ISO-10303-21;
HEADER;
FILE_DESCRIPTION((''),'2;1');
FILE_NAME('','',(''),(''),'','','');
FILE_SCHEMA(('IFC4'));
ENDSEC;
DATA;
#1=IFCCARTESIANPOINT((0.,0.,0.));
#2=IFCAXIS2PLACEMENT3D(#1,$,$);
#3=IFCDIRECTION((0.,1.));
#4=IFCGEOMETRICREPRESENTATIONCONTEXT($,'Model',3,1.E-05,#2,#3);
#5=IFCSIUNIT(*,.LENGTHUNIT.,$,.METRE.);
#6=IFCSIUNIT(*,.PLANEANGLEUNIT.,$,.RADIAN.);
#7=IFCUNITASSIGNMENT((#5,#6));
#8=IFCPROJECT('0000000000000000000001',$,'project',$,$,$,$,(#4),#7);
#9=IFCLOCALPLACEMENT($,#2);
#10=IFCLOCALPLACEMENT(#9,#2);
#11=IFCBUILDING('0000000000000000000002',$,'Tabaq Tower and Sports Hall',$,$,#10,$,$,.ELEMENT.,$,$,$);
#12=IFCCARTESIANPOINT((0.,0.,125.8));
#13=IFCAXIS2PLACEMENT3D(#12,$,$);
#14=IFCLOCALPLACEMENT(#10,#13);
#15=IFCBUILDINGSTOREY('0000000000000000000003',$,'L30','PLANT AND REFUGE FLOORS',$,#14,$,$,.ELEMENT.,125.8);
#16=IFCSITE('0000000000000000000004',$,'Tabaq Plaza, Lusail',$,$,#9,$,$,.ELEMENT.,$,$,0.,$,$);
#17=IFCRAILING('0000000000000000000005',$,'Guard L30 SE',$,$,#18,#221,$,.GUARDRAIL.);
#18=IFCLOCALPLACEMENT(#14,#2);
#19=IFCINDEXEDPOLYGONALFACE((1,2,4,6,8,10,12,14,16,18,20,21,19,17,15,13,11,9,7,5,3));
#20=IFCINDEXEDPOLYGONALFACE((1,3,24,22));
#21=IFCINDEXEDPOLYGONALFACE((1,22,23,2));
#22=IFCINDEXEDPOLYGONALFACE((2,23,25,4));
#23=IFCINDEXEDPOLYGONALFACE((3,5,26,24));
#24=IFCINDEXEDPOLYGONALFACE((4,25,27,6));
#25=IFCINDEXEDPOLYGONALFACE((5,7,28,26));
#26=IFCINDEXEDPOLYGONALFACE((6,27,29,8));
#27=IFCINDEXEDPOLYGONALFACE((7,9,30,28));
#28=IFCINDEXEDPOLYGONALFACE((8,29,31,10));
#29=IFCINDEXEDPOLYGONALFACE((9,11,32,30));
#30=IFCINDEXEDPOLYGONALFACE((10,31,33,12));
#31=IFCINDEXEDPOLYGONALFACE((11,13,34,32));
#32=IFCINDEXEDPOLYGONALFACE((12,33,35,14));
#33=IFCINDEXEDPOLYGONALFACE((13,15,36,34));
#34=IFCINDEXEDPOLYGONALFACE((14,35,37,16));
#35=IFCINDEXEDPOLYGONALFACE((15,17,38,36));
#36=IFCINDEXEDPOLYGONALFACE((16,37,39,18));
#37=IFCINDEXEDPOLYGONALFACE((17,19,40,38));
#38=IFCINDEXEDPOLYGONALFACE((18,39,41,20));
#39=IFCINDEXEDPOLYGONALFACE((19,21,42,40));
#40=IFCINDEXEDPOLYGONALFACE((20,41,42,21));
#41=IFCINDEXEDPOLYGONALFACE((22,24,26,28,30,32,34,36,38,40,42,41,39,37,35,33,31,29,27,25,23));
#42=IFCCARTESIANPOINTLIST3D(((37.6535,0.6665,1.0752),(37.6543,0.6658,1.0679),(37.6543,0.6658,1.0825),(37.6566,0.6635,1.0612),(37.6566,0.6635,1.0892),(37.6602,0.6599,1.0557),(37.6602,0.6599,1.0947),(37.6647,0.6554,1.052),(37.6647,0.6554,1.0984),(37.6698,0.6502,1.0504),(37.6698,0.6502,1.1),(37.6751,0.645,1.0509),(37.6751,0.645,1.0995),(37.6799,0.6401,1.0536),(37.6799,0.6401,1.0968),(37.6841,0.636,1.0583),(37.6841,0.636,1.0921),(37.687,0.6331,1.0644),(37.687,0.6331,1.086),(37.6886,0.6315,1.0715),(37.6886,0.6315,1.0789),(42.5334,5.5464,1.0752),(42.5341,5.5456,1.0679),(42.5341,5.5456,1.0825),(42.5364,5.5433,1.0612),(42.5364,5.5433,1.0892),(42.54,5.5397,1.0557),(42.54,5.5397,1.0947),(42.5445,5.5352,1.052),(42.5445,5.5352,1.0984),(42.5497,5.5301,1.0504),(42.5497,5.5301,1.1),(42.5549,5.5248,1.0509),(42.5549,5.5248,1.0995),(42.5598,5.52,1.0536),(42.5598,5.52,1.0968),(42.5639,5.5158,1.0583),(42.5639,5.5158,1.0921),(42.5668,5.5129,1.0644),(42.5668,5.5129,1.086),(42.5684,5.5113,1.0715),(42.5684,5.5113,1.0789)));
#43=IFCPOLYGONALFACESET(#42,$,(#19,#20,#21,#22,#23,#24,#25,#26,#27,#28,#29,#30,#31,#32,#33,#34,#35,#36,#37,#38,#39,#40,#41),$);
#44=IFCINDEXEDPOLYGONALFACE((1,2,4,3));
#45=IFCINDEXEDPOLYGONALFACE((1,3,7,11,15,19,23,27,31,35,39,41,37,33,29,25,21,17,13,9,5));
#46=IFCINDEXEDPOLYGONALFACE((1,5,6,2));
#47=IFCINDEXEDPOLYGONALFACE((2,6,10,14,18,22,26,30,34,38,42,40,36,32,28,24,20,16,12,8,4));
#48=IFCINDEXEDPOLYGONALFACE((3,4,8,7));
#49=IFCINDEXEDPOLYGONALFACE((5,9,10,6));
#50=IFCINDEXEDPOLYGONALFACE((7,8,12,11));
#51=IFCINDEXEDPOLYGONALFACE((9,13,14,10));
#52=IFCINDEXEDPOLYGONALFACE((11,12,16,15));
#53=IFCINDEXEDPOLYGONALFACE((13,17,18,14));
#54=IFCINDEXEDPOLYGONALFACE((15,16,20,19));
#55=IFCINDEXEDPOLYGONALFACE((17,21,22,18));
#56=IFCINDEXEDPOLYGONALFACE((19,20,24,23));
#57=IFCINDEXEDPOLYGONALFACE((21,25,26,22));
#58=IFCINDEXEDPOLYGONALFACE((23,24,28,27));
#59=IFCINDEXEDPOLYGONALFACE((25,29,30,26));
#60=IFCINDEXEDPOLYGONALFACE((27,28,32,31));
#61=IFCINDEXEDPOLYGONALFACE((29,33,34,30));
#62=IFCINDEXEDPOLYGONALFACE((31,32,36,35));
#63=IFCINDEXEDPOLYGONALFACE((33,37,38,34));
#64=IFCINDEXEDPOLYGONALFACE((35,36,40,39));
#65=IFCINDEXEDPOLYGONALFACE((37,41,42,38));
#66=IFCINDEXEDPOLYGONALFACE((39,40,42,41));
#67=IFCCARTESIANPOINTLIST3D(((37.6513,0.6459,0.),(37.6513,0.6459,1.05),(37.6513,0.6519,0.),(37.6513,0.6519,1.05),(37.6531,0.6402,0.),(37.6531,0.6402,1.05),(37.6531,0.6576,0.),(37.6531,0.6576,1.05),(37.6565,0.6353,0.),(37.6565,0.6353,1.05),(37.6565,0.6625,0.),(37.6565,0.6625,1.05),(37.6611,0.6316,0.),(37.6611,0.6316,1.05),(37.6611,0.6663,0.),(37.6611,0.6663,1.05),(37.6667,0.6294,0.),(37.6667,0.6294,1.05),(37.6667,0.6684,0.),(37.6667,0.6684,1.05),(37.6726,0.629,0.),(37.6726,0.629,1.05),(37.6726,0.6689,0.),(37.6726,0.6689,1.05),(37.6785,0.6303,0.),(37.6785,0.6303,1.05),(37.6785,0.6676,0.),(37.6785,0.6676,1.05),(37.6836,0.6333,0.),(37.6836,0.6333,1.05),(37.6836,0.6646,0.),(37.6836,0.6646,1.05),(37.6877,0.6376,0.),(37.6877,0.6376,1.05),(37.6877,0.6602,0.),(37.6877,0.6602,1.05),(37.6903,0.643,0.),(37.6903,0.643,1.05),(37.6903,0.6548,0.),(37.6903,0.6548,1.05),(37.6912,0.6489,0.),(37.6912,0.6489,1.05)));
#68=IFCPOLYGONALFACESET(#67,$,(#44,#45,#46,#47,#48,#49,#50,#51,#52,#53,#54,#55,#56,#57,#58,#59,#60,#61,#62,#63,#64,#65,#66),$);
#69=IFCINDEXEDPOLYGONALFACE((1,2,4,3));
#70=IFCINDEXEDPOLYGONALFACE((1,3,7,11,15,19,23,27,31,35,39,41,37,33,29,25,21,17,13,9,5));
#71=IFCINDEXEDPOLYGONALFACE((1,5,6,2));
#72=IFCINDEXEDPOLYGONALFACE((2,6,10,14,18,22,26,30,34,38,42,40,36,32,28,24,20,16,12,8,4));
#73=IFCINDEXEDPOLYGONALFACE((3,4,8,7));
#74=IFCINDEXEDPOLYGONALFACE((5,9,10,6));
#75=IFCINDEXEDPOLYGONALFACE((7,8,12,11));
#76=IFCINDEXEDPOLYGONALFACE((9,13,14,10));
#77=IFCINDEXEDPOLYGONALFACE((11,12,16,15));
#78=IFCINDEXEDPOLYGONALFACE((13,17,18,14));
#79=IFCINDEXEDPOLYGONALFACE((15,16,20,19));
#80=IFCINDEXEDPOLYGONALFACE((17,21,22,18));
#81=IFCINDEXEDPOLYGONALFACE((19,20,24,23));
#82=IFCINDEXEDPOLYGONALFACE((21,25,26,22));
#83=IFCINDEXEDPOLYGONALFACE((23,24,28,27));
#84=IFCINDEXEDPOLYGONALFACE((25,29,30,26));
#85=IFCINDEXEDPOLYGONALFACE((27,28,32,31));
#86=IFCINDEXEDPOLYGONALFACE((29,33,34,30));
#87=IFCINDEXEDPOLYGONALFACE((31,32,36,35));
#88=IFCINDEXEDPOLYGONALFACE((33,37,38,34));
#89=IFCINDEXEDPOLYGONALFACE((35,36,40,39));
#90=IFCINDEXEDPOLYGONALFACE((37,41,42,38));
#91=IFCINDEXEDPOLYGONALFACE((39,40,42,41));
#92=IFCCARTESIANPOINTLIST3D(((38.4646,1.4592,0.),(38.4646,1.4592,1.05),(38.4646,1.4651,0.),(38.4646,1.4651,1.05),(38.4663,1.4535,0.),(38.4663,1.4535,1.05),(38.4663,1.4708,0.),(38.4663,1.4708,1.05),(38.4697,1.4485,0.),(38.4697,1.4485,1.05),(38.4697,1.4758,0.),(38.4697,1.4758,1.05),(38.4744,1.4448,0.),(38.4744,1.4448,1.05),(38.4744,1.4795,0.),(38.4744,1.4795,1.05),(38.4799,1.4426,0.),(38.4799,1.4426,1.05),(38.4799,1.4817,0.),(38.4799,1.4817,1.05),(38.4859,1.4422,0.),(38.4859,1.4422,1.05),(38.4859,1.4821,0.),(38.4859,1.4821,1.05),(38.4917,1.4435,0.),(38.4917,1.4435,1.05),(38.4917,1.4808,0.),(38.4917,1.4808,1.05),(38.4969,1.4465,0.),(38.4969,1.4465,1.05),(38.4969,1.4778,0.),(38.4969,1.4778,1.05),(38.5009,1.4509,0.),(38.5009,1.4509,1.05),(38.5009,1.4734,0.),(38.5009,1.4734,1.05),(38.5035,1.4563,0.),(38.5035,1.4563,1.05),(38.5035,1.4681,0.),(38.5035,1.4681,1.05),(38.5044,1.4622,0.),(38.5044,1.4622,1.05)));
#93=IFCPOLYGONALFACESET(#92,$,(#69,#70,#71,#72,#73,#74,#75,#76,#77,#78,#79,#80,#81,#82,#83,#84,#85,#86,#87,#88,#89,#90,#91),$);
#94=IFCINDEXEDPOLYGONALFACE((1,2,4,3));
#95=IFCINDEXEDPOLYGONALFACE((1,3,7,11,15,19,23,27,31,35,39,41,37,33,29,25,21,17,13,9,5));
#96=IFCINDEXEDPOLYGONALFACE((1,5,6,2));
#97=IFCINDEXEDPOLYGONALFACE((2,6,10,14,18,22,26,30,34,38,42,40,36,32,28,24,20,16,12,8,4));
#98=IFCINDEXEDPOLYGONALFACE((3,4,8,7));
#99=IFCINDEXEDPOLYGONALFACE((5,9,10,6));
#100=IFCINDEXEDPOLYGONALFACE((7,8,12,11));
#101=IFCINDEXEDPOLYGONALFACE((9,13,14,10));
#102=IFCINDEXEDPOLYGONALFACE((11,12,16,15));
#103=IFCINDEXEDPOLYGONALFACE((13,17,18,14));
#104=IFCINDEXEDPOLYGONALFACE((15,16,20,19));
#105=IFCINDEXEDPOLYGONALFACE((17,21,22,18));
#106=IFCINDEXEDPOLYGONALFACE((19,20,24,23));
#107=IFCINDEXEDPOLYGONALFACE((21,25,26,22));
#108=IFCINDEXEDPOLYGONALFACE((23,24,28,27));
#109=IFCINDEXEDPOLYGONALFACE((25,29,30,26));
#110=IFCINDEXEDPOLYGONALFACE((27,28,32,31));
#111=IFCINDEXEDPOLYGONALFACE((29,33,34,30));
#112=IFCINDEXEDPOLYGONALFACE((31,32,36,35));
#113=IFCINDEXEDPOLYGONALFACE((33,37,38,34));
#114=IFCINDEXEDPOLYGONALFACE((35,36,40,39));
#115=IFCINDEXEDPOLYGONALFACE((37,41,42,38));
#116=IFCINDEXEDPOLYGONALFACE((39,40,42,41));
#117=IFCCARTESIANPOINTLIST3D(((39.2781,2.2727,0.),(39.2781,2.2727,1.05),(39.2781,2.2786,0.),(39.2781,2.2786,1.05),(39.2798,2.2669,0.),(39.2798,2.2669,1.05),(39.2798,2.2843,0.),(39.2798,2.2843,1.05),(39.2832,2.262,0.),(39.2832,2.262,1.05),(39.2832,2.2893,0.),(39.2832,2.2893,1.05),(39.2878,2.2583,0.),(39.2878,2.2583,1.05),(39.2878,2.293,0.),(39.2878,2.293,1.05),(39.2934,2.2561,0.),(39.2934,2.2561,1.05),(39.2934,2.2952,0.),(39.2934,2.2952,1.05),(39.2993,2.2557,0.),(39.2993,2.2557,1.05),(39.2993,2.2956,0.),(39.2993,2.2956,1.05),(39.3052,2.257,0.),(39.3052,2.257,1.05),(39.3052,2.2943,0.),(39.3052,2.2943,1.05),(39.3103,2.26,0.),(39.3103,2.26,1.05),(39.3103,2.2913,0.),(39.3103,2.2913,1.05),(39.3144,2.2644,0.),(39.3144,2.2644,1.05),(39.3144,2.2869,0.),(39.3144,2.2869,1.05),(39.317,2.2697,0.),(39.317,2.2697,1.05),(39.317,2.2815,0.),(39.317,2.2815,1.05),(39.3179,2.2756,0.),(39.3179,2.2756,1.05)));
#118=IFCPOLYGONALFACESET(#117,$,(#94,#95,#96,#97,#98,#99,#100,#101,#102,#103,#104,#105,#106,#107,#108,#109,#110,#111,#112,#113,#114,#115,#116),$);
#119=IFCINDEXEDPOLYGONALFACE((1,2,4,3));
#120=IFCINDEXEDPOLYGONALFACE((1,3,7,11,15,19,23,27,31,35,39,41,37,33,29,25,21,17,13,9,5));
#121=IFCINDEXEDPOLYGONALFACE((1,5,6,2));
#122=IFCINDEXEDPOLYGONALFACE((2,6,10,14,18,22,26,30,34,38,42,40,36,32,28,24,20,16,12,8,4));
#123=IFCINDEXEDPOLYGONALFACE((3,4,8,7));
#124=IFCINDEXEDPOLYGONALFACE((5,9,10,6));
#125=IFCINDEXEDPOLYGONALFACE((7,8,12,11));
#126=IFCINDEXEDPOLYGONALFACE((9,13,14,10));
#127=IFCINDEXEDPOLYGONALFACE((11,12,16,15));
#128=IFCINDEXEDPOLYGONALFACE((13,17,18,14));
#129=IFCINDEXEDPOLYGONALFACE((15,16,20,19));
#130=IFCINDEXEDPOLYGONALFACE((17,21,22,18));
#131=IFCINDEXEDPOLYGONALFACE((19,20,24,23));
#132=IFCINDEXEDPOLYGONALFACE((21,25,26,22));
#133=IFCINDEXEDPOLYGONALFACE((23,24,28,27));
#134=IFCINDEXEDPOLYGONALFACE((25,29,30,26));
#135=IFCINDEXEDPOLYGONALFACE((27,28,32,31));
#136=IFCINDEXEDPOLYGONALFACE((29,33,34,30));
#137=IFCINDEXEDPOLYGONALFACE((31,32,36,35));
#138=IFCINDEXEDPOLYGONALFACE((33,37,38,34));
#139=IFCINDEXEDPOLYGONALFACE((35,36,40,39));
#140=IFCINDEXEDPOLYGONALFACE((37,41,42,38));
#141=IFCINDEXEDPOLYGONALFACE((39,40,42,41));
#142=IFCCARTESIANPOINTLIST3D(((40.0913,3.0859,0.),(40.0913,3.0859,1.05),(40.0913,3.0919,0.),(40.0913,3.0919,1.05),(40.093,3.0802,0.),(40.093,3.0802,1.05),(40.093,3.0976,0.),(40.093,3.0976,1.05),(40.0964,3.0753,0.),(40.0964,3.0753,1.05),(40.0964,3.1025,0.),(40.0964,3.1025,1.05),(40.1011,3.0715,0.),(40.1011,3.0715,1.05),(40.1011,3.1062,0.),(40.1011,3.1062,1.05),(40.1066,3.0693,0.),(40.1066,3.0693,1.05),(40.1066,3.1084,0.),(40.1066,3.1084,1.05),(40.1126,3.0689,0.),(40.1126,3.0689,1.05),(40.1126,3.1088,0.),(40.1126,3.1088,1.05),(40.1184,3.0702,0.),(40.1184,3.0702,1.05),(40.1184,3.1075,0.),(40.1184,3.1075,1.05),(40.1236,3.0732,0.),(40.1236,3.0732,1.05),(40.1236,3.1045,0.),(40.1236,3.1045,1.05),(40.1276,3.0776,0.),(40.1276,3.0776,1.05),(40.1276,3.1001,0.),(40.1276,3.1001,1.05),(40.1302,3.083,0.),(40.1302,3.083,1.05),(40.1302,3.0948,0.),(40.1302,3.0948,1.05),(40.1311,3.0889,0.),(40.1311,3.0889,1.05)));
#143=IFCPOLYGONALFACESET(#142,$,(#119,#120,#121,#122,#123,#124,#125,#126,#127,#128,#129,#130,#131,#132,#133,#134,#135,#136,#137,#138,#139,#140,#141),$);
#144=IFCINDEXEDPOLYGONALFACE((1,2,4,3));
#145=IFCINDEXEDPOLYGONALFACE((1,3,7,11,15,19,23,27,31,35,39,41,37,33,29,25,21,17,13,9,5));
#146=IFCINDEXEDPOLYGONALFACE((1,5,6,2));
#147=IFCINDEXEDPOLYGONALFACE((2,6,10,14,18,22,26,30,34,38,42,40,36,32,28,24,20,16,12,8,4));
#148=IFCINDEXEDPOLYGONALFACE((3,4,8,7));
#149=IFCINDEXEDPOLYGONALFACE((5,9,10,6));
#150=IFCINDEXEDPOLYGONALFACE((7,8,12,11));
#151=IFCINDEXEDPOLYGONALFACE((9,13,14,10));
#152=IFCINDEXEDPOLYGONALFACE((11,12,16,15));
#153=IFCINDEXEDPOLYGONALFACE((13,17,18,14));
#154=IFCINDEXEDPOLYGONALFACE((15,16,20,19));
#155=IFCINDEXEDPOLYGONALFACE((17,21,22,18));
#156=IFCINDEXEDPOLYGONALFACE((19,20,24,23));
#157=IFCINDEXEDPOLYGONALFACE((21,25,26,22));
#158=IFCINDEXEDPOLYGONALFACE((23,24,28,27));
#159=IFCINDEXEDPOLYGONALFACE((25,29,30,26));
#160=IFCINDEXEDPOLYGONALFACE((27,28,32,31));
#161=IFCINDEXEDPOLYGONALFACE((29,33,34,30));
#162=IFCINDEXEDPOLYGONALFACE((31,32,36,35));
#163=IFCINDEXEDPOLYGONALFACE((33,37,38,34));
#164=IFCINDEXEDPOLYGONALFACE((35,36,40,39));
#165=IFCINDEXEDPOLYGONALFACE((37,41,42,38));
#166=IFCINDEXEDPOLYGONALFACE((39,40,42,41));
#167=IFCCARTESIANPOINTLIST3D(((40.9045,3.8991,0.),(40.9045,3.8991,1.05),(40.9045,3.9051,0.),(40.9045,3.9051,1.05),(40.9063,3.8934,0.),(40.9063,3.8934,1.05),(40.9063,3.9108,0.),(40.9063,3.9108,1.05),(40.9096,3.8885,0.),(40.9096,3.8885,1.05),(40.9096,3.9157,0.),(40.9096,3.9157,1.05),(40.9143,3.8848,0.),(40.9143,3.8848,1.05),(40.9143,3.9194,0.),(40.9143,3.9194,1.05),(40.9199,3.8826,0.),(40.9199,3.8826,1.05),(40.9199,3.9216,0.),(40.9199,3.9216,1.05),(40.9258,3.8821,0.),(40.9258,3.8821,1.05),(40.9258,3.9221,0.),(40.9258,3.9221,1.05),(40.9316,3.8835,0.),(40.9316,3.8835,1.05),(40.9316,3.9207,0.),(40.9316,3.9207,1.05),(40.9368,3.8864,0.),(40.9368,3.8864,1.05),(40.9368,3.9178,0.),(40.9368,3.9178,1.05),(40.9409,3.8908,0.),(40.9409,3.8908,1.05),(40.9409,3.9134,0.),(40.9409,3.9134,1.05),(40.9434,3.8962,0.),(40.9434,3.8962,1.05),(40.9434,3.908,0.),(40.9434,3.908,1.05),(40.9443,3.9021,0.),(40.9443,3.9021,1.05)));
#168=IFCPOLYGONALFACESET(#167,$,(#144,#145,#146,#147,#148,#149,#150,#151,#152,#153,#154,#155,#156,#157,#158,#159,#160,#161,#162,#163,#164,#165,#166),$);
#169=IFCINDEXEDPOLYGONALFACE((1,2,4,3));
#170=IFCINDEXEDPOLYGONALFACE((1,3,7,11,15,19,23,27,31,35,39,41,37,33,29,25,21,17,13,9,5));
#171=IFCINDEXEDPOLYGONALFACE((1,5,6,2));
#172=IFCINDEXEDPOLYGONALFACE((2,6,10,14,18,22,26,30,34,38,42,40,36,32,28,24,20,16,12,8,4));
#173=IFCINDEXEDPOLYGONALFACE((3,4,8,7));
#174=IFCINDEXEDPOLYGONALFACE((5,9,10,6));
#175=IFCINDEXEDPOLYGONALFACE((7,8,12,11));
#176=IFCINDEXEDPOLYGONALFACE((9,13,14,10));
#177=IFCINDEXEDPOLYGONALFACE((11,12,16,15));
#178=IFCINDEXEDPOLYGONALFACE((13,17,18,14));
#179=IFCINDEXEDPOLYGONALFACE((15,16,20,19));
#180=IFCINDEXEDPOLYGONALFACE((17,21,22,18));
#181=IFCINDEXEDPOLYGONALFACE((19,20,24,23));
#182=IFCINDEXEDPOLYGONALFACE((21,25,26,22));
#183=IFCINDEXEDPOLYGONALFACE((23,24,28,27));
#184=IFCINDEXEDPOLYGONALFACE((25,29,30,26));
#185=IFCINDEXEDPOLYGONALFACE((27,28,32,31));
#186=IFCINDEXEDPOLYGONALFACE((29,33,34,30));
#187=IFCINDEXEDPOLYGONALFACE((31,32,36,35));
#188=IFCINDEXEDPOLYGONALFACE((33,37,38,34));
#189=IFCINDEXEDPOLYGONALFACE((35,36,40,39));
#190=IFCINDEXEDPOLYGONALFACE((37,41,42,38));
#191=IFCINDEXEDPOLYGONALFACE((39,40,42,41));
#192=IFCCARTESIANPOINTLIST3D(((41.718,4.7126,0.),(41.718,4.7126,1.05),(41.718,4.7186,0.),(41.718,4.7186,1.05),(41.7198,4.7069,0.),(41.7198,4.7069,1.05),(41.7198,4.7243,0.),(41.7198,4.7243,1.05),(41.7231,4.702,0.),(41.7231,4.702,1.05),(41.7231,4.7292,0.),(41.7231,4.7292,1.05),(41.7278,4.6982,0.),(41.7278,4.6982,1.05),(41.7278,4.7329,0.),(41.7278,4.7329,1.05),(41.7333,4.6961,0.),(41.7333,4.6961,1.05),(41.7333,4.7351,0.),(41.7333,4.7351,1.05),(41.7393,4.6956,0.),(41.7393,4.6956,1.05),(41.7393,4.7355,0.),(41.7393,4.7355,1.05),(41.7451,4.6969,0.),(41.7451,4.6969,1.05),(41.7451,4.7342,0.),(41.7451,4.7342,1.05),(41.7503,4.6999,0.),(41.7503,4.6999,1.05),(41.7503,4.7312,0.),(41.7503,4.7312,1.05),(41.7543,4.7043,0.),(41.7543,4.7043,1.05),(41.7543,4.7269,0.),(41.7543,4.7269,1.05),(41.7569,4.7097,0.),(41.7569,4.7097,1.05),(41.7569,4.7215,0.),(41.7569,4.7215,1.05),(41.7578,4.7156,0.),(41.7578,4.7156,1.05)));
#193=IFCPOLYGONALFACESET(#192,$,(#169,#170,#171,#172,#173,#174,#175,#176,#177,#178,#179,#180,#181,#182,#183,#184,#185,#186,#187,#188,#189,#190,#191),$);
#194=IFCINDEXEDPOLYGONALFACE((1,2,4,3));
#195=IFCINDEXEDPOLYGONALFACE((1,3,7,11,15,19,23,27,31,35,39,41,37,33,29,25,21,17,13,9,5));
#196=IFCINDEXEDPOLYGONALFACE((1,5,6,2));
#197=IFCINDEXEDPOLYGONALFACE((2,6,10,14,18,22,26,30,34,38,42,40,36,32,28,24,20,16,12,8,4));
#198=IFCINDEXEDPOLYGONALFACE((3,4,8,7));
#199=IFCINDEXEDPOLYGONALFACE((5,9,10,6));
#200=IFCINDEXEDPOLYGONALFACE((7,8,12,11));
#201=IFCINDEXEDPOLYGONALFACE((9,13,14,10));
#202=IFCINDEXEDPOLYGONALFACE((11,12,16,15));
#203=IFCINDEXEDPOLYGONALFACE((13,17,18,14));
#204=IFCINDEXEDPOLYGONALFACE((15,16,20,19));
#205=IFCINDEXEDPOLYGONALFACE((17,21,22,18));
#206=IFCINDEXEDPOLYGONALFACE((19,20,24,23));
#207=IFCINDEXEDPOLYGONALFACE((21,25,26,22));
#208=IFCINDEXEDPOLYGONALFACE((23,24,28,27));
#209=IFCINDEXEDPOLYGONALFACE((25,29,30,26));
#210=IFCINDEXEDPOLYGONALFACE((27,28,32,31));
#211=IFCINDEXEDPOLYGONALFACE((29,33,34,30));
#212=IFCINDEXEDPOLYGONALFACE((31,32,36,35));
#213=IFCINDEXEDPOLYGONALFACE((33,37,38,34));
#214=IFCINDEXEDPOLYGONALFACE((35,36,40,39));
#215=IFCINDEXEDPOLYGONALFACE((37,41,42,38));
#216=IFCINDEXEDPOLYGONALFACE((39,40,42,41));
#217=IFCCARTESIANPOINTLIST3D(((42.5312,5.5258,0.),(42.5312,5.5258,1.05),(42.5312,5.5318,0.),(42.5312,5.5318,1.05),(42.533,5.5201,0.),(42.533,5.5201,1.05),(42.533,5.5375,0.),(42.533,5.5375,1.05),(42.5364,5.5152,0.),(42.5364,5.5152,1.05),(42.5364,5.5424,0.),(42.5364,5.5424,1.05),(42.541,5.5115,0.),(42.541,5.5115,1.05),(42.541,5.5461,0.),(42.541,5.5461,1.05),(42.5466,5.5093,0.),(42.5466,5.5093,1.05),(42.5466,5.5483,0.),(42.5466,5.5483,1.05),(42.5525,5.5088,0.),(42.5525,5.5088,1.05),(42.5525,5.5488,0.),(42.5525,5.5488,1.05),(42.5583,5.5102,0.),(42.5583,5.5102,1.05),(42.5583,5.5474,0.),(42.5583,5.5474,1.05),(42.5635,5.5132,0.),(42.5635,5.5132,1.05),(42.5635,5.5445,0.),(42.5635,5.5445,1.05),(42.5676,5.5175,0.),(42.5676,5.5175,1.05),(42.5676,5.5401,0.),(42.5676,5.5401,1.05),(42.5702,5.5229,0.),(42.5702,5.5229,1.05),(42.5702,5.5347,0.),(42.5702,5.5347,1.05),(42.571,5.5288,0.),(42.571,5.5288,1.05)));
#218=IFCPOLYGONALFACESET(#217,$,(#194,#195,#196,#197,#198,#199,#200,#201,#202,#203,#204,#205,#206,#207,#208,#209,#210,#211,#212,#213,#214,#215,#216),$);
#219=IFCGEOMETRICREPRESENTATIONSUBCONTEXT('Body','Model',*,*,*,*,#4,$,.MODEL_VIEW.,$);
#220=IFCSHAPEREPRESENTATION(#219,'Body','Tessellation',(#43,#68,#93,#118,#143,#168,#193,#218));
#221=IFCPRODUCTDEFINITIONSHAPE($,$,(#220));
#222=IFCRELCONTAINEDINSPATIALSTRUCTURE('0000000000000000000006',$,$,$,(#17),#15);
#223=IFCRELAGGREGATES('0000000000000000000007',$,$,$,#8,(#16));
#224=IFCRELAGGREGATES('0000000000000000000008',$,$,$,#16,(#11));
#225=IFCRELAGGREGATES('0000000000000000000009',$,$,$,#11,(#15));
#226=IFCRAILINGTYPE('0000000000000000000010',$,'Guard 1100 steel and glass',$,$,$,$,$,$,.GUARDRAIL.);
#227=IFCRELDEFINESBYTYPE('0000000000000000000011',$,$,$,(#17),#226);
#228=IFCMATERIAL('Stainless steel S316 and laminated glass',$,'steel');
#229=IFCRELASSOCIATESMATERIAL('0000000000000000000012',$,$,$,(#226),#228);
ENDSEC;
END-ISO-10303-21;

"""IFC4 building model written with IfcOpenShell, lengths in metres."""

from ifc_helpers import new_model, si_unit, direction, frame, origin, origin_2d, place, context, subcontext, project, spatial, circle, extrude, material, type_object, element, save


model = new_model("IFC4")

# Units and contexts
model_context = context("Model", 3, precision=1e-05, world=origin(), true_north=direction((0.0, 1.0)))
body_context = subcontext(model_context, "Body", "Model", "MODEL_VIEW")
ifc_project = project(units=[si_unit("LENGTHUNIT", "METRE"), si_unit("PLANEANGLEUNIT", "RADIAN")], contexts=[model_context])

# Site, building, storey
site_placement = place(None, origin())
site = spatial("IfcSite", under=ifc_project, at=site_placement, Name="Tabaq Plaza, Lusail", CompositionType="ELEMENT", RefElevation=0.0)
building_placement = place(site_placement, origin())
building = spatial("IfcBuilding", under=site, at=building_placement, Name="Tabaq Tower and Sports Hall", CompositionType="ELEMENT")
storey_placement = place(building_placement, frame((0.0, 0.0, 125.8)))
storey = spatial("IfcBuildingStorey", under=building, at=storey_placement, Name="L30", Description="PLANT AND REFUGE FLOORS", CompositionType="ELEMENT", Elevation=125.8)

# Railing
ifc_material_1 = material(Name="Stainless steel S316 and laminated glass", Category="steel")
railing_type = type_object("IfcRailingType", Name="Guard 1100 steel and glass", PredefinedType="GUARDRAIL", material=ifc_material_1)
railing_1_placement = place(storey_placement, frame((37.6711, 0.6489, 0.0)))
element("IfcRailing", 1, at=railing_1_placement, inside=storey, type_object=railing_type, Name="Guard L30 SE", PredefinedType="GUARDRAIL", context=body_context, shape_type="SweptSolid", body=[
    extrude(circle(Radius=0.0249, at=origin_2d()), frame((0.0, 0.0, 1.0752), z_axis=(0.707107, 0.707107, 0.0), x_axis=(-0.707107, 0.707107, 0.0)), (0.0, 0.0, 1.0), 6.9011),
    extrude(circle(Radius=0.02, at=origin_2d()), origin(), (0.0, 0.0, 1.0), 1.05),
    extrude(circle(Radius=0.02, at=origin_2d()), frame((0.8132, 0.8132, 0.0)), (0.0, 0.0, 1.0), 1.05),
    extrude(circle(Radius=0.02, at=origin_2d()), frame((1.6267, 1.6267, 0.0)), (0.0, 0.0, 1.0), 1.05),
    extrude(circle(Radius=0.02, at=origin_2d()), frame((2.4399, 2.4399, 0.0)), (0.0, 0.0, 1.0), 1.05),
    extrude(circle(Radius=0.02, at=origin_2d()), frame((3.2532, 3.2532, 0.0)), (0.0, 0.0, 1.0), 1.05),
    extrude(circle(Radius=0.02, at=origin_2d()), frame((4.0667, 4.0667, 0.0)), (0.0, 0.0, 1.0), 1.05),
    extrude(circle(Radius=0.02, at=origin_2d()), frame((4.8799, 4.8799, 0.0)), (0.0, 0.0, 1.0), 1.05),
])

save(model, "model.ifc")
